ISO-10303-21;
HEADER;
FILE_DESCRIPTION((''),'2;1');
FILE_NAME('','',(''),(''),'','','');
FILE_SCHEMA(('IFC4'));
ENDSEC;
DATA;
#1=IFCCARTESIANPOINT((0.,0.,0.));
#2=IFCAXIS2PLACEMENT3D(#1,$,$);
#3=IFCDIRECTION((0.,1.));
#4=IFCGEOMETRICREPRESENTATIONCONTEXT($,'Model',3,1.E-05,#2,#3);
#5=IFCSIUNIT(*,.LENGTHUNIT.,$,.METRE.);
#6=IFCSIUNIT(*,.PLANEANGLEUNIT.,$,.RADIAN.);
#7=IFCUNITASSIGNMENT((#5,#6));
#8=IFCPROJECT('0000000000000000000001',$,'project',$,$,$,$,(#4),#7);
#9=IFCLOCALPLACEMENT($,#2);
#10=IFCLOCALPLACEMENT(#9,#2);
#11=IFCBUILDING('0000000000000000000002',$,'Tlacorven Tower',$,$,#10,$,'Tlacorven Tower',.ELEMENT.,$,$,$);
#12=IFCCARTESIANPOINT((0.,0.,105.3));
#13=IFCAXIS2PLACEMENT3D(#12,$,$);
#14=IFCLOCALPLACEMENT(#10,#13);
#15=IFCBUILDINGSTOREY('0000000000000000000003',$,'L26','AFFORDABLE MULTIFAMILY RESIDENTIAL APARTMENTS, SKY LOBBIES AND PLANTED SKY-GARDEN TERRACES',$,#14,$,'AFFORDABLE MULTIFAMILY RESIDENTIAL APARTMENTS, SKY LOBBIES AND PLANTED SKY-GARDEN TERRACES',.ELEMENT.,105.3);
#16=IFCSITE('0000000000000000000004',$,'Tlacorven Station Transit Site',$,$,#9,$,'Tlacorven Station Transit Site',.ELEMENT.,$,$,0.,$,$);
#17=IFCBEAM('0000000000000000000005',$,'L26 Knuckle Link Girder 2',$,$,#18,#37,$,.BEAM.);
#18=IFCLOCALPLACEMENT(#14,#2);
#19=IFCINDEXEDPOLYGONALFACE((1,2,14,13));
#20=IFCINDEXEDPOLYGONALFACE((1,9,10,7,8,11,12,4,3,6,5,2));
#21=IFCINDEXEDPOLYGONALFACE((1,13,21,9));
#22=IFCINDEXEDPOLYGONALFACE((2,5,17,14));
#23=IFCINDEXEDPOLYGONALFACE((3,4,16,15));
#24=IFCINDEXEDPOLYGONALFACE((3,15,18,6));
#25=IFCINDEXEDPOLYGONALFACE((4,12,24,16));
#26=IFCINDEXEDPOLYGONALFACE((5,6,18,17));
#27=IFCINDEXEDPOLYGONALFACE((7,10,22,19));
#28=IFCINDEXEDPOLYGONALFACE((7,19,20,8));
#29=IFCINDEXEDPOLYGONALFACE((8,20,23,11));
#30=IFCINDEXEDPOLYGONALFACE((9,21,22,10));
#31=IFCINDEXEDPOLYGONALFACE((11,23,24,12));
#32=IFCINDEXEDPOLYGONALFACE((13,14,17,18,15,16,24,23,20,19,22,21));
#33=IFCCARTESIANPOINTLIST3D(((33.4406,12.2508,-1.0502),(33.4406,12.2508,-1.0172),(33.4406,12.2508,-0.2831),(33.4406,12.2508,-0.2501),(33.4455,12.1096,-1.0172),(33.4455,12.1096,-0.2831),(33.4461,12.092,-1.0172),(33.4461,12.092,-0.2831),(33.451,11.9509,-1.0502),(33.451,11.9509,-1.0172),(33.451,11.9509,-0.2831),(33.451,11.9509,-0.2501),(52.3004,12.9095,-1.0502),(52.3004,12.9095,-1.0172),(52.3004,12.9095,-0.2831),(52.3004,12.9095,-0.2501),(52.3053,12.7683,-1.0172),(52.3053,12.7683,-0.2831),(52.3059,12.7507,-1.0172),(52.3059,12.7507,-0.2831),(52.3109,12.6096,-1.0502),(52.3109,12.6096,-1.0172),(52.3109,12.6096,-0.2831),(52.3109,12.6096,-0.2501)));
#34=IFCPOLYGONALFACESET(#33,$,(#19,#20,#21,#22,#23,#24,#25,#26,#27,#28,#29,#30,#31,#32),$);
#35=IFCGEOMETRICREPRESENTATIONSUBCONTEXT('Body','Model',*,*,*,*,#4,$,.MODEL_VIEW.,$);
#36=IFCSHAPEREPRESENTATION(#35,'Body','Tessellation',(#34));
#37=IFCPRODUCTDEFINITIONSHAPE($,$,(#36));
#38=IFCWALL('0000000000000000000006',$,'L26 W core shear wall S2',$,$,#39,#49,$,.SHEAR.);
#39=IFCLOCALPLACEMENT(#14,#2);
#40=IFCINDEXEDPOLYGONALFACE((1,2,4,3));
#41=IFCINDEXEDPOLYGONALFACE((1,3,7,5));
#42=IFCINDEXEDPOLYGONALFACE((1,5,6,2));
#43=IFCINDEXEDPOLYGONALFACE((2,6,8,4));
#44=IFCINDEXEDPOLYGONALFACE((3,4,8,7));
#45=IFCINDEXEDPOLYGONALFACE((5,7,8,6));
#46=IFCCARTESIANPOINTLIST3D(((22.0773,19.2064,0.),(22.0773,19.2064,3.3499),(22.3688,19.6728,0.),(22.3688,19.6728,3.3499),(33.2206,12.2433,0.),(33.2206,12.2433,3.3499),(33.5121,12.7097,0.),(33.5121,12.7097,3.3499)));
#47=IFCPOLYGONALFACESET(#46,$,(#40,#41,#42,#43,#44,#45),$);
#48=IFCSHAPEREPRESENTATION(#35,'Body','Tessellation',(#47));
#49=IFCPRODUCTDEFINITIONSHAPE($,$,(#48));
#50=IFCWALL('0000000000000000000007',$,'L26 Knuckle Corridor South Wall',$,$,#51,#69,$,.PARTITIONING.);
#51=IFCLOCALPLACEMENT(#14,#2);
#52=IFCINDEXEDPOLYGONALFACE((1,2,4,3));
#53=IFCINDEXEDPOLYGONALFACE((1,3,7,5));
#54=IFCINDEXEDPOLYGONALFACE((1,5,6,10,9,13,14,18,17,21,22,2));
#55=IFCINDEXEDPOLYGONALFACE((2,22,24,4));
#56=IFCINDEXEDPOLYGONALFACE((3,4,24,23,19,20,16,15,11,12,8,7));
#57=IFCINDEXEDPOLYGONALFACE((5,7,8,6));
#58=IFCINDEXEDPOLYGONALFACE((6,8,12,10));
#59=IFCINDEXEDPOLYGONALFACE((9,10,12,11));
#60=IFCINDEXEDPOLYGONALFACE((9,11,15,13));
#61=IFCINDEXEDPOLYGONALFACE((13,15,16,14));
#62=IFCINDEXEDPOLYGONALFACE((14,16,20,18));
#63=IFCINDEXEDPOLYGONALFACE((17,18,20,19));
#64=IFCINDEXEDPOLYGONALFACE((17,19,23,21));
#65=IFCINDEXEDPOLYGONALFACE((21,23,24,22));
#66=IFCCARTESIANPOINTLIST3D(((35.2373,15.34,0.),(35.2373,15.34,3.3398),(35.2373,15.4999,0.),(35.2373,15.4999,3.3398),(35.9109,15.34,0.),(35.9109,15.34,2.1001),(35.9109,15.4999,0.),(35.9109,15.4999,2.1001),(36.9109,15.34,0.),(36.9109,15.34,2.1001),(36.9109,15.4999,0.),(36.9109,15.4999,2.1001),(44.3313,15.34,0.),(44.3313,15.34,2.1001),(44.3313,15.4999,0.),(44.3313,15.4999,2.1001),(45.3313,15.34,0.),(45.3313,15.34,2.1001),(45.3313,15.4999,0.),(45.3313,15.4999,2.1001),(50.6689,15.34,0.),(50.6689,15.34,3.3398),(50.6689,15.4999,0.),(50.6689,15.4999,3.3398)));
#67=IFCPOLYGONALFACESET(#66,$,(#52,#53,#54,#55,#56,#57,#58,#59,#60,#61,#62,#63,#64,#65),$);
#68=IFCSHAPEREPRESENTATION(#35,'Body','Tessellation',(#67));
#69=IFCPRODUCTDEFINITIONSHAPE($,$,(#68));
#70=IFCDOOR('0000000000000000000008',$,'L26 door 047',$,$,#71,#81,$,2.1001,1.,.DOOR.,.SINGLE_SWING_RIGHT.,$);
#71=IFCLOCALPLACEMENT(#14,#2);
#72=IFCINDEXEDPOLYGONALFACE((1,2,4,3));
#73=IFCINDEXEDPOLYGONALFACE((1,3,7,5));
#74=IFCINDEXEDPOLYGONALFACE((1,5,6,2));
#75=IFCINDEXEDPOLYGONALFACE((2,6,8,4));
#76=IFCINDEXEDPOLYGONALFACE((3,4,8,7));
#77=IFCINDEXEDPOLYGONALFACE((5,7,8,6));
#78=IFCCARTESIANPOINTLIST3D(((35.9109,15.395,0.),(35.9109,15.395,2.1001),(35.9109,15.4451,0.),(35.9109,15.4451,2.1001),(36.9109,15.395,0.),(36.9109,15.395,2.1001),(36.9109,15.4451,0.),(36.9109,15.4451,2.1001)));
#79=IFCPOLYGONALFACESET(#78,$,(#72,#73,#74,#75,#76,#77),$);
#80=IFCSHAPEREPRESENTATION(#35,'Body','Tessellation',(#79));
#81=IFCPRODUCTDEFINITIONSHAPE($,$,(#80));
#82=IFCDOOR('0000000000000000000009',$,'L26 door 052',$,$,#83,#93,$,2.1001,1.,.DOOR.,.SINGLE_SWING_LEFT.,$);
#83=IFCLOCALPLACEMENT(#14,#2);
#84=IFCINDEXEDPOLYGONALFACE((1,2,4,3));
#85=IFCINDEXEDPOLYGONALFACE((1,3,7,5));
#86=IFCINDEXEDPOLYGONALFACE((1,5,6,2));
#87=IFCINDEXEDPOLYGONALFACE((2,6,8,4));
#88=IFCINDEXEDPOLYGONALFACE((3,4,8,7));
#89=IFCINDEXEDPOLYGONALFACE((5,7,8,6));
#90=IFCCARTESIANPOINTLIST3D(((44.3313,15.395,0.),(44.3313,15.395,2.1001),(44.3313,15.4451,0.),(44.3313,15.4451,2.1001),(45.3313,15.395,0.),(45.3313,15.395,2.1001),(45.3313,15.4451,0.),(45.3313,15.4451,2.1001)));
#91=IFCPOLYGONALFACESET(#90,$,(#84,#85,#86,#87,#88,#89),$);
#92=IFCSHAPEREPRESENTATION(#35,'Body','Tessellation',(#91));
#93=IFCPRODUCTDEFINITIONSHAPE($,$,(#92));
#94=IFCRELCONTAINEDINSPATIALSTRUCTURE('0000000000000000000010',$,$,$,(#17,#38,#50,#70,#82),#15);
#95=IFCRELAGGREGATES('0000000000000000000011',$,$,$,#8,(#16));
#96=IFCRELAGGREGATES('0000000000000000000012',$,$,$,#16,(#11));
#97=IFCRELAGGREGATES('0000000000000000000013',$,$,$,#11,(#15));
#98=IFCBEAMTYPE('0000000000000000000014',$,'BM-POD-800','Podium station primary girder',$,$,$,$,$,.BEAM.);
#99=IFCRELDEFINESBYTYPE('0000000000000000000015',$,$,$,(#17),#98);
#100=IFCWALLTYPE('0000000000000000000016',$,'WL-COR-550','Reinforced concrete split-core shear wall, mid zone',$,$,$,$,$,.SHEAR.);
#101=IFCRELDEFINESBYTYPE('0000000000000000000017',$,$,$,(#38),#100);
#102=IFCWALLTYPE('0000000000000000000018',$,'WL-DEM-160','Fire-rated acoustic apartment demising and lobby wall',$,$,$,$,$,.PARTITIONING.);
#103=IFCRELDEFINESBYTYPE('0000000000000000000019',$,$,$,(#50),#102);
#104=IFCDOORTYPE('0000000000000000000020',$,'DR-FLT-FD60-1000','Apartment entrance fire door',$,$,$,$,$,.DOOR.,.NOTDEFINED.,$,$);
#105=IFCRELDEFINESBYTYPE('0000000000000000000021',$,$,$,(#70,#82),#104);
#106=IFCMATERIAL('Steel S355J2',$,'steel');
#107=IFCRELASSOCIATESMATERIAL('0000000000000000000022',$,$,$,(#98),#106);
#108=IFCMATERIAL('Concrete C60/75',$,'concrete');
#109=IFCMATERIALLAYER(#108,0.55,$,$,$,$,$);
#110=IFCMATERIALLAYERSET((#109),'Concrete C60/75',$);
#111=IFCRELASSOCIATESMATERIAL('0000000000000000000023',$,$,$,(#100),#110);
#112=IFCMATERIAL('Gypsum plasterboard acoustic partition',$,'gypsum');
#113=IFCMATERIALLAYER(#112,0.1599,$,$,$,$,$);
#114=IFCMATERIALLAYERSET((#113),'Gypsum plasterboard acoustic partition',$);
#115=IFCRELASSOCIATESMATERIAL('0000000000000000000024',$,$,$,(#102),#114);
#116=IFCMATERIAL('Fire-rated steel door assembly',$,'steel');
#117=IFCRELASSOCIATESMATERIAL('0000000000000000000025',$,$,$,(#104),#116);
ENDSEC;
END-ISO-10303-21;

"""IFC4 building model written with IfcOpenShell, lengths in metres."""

from ifc_helpers import new_model, si_unit, direction, frame, frame_2d, origin, origin_2d, place, context, subcontext, project, spatial, rectangle, i_section, extrude, source, transform, mapped, material, layer, layer_set, material_profile, profile_set, type_object, element, fill, save


model = new_model("IFC4")

# Units and contexts
model_context = context("Model", 3, precision=1e-05, world=origin(), true_north=direction((0.0, 1.0)))
body_context = subcontext(model_context, "Body", "Model", "MODEL_VIEW")
ifc_project = project(units=[si_unit("LENGTHUNIT", "METRE"), si_unit("PLANEANGLEUNIT", "RADIAN")], contexts=[model_context])

# Site, building, storey
site_placement = place(None, origin())
site = spatial("IfcSite", under=ifc_project, at=site_placement, Name="Tlacorven Station Transit Site", LongName="Tlacorven Station Transit Site", CompositionType="ELEMENT", RefElevation=0.0)
building_placement = place(site_placement, origin())
building = spatial("IfcBuilding", under=site, at=building_placement, Name="Tlacorven Tower", LongName="Tlacorven Tower", CompositionType="ELEMENT")
storey_placement = place(building_placement, frame((0.0, 0.0, 105.3)))
storey = spatial("IfcBuildingStorey", under=building, at=storey_placement, Name="L26", Description="AFFORDABLE MULTIFAMILY RESIDENTIAL APARTMENTS, SKY LOBBIES AND PLANTED SKY-GARDEN TERRACES", LongName="AFFORDABLE MULTIFAMILY RESIDENTIAL APARTMENTS, SKY LOBBIES AND PLANTED SKY-GARDEN TERRACES", CompositionType="ELEMENT", Elevation=105.3)

# Beam
ifc_material_1 = material(Name="Steel S355J2", Category="steel")
ifc_material_profile = material_profile(ifc_material_1, i_section(OverallWidth=0.3, OverallDepth=0.8, WebThickness=0.0176, FlangeThickness=0.033, at=origin_2d()), Name="HEB 800")
ifc_profile_set = profile_set([ifc_material_profile], Name="Steel S355J2")
beam_type = type_object("IfcBeamType", Name="BM-POD-800", Description="Podium station primary girder", PredefinedType="BEAM", material=ifc_profile_set)
shared_shape_1 = source(origin(), body_context, "Body", "SweptSolid", [
    extrude(i_section(OverallWidth=0.3, OverallDepth=0.8, WebThickness=0.0176, FlangeThickness=0.033, at=origin_2d()), origin(), (0.0, 0.0, 1.0), 18.8713),
])
beam_placement = place(storey_placement, frame((33.4458, 12.1008, -0.6501), z_axis=(0.999391, 0.034904, 0.0), x_axis=(-0.034904, 0.999391, 0.0)))
element("IfcBeam", 1, at=beam_placement, inside=storey, type_object=beam_type, Name="L26 Knuckle Link Girder 2", PredefinedType="BEAM", context=body_context, shape_type="MappedRepresentation", body=[
    mapped(shared_shape_1, transform((0.0, 0.0, 0.0), scale=1.0)),
])

# Wall
ifc_material_2 = material(Name="Concrete C60/75", Category="concrete")
ifc_layer_1 = layer(ifc_material_2, 0.55)
ifc_layer_set_1 = layer_set([ifc_layer_1], Name="Concrete C60/75")
wall_type_1 = type_object("IfcWallType", Name="WL-COR-550", Description="Reinforced concrete split-core shear wall, mid zone", PredefinedType="SHEAR", material=ifc_layer_set_1)
wall_1_placement = place(storey_placement, frame((33.3662, 12.4766, 0.0), z_axis=(0.0, 0.0, 1.0), x_axis=(-0.848047, 0.52992, 0.0)))
element("IfcWall", 2, at=wall_1_placement, inside=storey, type_object=wall_type_1, Name="L26 W core shear wall S2", PredefinedType="SHEAR", context=body_context, shape_type="SweptSolid", body=[
    extrude(rectangle(XDim=13.1399, YDim=0.55, at=frame_2d((6.5698, 0.0))), origin(), (0.0, 0.0, 1.0), 3.3499),
])

# Wall, openings, doors
ifc_material_3 = material(Name="Gypsum plasterboard acoustic partition", Category="gypsum")
ifc_layer_2 = layer(ifc_material_3, 0.1599)
ifc_layer_set_2 = layer_set([ifc_layer_2], Name="Gypsum plasterboard acoustic partition")
wall_type_2 = type_object("IfcWallType", Name="WL-DEM-160", Description="Fire-rated acoustic apartment demising and lobby wall", PredefinedType="PARTITIONING", material=ifc_layer_set_2)
wall_2_placement = place(storey_placement, frame((35.2373, 15.4199, 0.0), z_axis=(0.0, 0.0, 1.0), x_axis=(1.0, 0.0, 0.0)))
wall_2 = element("IfcWall", 3, at=wall_2_placement, inside=storey, type_object=wall_type_2, Name="L26 Knuckle Corridor South Wall", PredefinedType="PARTITIONING", context=body_context, shape_type="SweptSolid", body=[
    extrude(rectangle(XDim=15.4316, YDim=0.1599, at=frame_2d((7.7158, 0.0))), origin(), (0.0, 0.0, 1.0), 3.3398),
])
opening_1_placement = place(wall_2_placement, frame((0.6736, 0.0, 0.0)))
opening_1 = element("IfcOpeningElement", 4, at=opening_1_placement, cuts=wall_2, PredefinedType="OPENING", context=body_context, shape_type="SweptSolid", body=[
    extrude(rectangle(XDim=1.0, YDim=2.1001, at=frame_2d((0.5, 1.05))), frame((0.0, 0.0898, 0.0), z_axis=(0.0, -1.0, 0.0), x_axis=(1.0, 0.0, 0.0)), (0.0, 0.0, 1.0), 0.1799),
])
opening_2_placement = place(wall_2_placement, frame((9.094, 0.0, 0.0)))
opening_2 = element("IfcOpeningElement", 5, at=opening_2_placement, cuts=wall_2, PredefinedType="OPENING", context=body_context, shape_type="SweptSolid", body=[
    extrude(rectangle(XDim=1.0, YDim=2.1001, at=frame_2d((0.5, 1.05))), frame((0.0, 0.0898, 0.0), z_axis=(0.0, -1.0, 0.0), x_axis=(1.0, 0.0, 0.0)), (0.0, 0.0, 1.0), 0.1799),
])
ifc_material_4 = material(Name="Fire-rated steel door assembly", Category="steel")
door_type_1 = type_object("IfcDoorType", Name="DR-FLT-FD60-1000", Description="Apartment entrance fire door", OperationType="NOTDEFINED", PredefinedType="DOOR", material=ifc_material_4)
shared_shape_2 = source(origin(), body_context, "Body", "SweptSolid", [
    extrude(rectangle(XDim=1.0, YDim=2.1001, at=frame_2d((0.5, 1.05))), frame((0.0, 0.0249, 0.0), z_axis=(0.0, -1.0, 0.0), x_axis=(1.0, 0.0, 0.0)), (0.0, 0.0, 1.0), 0.05),
])
door_1_placement = place(opening_1_placement, frame((1.0, 0.0, 0.0), z_axis=(0.0, 0.0, 1.0), x_axis=(-1.0, 0.0, 0.0)))
door_1 = element("IfcDoor", 6, at=door_1_placement, inside=storey, type_object=door_type_1, Name="L26 door 047", OperationType="SINGLE_SWING_RIGHT", OverallHeight=2.1001, OverallWidth=1.0, PredefinedType="DOOR", context=body_context, shape_type="MappedRepresentation", body=[
    mapped(shared_shape_2, transform((0.0, 0.0, 0.0), scale=1.0)),
])
fill(opening_1, door_1)
door_2_placement = place(opening_2_placement, frame((1.0, 0.0, 0.0), z_axis=(0.0, 0.0, 1.0), x_axis=(-1.0, 0.0, 0.0)))
door_2 = element("IfcDoor", 7, at=door_2_placement, inside=storey, type_object=door_type_1, Name="L26 door 052", OperationType="SINGLE_SWING_LEFT", OverallHeight=2.1001, OverallWidth=1.0, PredefinedType="DOOR", context=body_context, shape_type="MappedRepresentation", body=[
    mapped(shared_shape_2, transform((0.0, 0.0, 0.0), scale=1.0)),
])
fill(opening_2, door_2)

save(model, "model.ifc")
